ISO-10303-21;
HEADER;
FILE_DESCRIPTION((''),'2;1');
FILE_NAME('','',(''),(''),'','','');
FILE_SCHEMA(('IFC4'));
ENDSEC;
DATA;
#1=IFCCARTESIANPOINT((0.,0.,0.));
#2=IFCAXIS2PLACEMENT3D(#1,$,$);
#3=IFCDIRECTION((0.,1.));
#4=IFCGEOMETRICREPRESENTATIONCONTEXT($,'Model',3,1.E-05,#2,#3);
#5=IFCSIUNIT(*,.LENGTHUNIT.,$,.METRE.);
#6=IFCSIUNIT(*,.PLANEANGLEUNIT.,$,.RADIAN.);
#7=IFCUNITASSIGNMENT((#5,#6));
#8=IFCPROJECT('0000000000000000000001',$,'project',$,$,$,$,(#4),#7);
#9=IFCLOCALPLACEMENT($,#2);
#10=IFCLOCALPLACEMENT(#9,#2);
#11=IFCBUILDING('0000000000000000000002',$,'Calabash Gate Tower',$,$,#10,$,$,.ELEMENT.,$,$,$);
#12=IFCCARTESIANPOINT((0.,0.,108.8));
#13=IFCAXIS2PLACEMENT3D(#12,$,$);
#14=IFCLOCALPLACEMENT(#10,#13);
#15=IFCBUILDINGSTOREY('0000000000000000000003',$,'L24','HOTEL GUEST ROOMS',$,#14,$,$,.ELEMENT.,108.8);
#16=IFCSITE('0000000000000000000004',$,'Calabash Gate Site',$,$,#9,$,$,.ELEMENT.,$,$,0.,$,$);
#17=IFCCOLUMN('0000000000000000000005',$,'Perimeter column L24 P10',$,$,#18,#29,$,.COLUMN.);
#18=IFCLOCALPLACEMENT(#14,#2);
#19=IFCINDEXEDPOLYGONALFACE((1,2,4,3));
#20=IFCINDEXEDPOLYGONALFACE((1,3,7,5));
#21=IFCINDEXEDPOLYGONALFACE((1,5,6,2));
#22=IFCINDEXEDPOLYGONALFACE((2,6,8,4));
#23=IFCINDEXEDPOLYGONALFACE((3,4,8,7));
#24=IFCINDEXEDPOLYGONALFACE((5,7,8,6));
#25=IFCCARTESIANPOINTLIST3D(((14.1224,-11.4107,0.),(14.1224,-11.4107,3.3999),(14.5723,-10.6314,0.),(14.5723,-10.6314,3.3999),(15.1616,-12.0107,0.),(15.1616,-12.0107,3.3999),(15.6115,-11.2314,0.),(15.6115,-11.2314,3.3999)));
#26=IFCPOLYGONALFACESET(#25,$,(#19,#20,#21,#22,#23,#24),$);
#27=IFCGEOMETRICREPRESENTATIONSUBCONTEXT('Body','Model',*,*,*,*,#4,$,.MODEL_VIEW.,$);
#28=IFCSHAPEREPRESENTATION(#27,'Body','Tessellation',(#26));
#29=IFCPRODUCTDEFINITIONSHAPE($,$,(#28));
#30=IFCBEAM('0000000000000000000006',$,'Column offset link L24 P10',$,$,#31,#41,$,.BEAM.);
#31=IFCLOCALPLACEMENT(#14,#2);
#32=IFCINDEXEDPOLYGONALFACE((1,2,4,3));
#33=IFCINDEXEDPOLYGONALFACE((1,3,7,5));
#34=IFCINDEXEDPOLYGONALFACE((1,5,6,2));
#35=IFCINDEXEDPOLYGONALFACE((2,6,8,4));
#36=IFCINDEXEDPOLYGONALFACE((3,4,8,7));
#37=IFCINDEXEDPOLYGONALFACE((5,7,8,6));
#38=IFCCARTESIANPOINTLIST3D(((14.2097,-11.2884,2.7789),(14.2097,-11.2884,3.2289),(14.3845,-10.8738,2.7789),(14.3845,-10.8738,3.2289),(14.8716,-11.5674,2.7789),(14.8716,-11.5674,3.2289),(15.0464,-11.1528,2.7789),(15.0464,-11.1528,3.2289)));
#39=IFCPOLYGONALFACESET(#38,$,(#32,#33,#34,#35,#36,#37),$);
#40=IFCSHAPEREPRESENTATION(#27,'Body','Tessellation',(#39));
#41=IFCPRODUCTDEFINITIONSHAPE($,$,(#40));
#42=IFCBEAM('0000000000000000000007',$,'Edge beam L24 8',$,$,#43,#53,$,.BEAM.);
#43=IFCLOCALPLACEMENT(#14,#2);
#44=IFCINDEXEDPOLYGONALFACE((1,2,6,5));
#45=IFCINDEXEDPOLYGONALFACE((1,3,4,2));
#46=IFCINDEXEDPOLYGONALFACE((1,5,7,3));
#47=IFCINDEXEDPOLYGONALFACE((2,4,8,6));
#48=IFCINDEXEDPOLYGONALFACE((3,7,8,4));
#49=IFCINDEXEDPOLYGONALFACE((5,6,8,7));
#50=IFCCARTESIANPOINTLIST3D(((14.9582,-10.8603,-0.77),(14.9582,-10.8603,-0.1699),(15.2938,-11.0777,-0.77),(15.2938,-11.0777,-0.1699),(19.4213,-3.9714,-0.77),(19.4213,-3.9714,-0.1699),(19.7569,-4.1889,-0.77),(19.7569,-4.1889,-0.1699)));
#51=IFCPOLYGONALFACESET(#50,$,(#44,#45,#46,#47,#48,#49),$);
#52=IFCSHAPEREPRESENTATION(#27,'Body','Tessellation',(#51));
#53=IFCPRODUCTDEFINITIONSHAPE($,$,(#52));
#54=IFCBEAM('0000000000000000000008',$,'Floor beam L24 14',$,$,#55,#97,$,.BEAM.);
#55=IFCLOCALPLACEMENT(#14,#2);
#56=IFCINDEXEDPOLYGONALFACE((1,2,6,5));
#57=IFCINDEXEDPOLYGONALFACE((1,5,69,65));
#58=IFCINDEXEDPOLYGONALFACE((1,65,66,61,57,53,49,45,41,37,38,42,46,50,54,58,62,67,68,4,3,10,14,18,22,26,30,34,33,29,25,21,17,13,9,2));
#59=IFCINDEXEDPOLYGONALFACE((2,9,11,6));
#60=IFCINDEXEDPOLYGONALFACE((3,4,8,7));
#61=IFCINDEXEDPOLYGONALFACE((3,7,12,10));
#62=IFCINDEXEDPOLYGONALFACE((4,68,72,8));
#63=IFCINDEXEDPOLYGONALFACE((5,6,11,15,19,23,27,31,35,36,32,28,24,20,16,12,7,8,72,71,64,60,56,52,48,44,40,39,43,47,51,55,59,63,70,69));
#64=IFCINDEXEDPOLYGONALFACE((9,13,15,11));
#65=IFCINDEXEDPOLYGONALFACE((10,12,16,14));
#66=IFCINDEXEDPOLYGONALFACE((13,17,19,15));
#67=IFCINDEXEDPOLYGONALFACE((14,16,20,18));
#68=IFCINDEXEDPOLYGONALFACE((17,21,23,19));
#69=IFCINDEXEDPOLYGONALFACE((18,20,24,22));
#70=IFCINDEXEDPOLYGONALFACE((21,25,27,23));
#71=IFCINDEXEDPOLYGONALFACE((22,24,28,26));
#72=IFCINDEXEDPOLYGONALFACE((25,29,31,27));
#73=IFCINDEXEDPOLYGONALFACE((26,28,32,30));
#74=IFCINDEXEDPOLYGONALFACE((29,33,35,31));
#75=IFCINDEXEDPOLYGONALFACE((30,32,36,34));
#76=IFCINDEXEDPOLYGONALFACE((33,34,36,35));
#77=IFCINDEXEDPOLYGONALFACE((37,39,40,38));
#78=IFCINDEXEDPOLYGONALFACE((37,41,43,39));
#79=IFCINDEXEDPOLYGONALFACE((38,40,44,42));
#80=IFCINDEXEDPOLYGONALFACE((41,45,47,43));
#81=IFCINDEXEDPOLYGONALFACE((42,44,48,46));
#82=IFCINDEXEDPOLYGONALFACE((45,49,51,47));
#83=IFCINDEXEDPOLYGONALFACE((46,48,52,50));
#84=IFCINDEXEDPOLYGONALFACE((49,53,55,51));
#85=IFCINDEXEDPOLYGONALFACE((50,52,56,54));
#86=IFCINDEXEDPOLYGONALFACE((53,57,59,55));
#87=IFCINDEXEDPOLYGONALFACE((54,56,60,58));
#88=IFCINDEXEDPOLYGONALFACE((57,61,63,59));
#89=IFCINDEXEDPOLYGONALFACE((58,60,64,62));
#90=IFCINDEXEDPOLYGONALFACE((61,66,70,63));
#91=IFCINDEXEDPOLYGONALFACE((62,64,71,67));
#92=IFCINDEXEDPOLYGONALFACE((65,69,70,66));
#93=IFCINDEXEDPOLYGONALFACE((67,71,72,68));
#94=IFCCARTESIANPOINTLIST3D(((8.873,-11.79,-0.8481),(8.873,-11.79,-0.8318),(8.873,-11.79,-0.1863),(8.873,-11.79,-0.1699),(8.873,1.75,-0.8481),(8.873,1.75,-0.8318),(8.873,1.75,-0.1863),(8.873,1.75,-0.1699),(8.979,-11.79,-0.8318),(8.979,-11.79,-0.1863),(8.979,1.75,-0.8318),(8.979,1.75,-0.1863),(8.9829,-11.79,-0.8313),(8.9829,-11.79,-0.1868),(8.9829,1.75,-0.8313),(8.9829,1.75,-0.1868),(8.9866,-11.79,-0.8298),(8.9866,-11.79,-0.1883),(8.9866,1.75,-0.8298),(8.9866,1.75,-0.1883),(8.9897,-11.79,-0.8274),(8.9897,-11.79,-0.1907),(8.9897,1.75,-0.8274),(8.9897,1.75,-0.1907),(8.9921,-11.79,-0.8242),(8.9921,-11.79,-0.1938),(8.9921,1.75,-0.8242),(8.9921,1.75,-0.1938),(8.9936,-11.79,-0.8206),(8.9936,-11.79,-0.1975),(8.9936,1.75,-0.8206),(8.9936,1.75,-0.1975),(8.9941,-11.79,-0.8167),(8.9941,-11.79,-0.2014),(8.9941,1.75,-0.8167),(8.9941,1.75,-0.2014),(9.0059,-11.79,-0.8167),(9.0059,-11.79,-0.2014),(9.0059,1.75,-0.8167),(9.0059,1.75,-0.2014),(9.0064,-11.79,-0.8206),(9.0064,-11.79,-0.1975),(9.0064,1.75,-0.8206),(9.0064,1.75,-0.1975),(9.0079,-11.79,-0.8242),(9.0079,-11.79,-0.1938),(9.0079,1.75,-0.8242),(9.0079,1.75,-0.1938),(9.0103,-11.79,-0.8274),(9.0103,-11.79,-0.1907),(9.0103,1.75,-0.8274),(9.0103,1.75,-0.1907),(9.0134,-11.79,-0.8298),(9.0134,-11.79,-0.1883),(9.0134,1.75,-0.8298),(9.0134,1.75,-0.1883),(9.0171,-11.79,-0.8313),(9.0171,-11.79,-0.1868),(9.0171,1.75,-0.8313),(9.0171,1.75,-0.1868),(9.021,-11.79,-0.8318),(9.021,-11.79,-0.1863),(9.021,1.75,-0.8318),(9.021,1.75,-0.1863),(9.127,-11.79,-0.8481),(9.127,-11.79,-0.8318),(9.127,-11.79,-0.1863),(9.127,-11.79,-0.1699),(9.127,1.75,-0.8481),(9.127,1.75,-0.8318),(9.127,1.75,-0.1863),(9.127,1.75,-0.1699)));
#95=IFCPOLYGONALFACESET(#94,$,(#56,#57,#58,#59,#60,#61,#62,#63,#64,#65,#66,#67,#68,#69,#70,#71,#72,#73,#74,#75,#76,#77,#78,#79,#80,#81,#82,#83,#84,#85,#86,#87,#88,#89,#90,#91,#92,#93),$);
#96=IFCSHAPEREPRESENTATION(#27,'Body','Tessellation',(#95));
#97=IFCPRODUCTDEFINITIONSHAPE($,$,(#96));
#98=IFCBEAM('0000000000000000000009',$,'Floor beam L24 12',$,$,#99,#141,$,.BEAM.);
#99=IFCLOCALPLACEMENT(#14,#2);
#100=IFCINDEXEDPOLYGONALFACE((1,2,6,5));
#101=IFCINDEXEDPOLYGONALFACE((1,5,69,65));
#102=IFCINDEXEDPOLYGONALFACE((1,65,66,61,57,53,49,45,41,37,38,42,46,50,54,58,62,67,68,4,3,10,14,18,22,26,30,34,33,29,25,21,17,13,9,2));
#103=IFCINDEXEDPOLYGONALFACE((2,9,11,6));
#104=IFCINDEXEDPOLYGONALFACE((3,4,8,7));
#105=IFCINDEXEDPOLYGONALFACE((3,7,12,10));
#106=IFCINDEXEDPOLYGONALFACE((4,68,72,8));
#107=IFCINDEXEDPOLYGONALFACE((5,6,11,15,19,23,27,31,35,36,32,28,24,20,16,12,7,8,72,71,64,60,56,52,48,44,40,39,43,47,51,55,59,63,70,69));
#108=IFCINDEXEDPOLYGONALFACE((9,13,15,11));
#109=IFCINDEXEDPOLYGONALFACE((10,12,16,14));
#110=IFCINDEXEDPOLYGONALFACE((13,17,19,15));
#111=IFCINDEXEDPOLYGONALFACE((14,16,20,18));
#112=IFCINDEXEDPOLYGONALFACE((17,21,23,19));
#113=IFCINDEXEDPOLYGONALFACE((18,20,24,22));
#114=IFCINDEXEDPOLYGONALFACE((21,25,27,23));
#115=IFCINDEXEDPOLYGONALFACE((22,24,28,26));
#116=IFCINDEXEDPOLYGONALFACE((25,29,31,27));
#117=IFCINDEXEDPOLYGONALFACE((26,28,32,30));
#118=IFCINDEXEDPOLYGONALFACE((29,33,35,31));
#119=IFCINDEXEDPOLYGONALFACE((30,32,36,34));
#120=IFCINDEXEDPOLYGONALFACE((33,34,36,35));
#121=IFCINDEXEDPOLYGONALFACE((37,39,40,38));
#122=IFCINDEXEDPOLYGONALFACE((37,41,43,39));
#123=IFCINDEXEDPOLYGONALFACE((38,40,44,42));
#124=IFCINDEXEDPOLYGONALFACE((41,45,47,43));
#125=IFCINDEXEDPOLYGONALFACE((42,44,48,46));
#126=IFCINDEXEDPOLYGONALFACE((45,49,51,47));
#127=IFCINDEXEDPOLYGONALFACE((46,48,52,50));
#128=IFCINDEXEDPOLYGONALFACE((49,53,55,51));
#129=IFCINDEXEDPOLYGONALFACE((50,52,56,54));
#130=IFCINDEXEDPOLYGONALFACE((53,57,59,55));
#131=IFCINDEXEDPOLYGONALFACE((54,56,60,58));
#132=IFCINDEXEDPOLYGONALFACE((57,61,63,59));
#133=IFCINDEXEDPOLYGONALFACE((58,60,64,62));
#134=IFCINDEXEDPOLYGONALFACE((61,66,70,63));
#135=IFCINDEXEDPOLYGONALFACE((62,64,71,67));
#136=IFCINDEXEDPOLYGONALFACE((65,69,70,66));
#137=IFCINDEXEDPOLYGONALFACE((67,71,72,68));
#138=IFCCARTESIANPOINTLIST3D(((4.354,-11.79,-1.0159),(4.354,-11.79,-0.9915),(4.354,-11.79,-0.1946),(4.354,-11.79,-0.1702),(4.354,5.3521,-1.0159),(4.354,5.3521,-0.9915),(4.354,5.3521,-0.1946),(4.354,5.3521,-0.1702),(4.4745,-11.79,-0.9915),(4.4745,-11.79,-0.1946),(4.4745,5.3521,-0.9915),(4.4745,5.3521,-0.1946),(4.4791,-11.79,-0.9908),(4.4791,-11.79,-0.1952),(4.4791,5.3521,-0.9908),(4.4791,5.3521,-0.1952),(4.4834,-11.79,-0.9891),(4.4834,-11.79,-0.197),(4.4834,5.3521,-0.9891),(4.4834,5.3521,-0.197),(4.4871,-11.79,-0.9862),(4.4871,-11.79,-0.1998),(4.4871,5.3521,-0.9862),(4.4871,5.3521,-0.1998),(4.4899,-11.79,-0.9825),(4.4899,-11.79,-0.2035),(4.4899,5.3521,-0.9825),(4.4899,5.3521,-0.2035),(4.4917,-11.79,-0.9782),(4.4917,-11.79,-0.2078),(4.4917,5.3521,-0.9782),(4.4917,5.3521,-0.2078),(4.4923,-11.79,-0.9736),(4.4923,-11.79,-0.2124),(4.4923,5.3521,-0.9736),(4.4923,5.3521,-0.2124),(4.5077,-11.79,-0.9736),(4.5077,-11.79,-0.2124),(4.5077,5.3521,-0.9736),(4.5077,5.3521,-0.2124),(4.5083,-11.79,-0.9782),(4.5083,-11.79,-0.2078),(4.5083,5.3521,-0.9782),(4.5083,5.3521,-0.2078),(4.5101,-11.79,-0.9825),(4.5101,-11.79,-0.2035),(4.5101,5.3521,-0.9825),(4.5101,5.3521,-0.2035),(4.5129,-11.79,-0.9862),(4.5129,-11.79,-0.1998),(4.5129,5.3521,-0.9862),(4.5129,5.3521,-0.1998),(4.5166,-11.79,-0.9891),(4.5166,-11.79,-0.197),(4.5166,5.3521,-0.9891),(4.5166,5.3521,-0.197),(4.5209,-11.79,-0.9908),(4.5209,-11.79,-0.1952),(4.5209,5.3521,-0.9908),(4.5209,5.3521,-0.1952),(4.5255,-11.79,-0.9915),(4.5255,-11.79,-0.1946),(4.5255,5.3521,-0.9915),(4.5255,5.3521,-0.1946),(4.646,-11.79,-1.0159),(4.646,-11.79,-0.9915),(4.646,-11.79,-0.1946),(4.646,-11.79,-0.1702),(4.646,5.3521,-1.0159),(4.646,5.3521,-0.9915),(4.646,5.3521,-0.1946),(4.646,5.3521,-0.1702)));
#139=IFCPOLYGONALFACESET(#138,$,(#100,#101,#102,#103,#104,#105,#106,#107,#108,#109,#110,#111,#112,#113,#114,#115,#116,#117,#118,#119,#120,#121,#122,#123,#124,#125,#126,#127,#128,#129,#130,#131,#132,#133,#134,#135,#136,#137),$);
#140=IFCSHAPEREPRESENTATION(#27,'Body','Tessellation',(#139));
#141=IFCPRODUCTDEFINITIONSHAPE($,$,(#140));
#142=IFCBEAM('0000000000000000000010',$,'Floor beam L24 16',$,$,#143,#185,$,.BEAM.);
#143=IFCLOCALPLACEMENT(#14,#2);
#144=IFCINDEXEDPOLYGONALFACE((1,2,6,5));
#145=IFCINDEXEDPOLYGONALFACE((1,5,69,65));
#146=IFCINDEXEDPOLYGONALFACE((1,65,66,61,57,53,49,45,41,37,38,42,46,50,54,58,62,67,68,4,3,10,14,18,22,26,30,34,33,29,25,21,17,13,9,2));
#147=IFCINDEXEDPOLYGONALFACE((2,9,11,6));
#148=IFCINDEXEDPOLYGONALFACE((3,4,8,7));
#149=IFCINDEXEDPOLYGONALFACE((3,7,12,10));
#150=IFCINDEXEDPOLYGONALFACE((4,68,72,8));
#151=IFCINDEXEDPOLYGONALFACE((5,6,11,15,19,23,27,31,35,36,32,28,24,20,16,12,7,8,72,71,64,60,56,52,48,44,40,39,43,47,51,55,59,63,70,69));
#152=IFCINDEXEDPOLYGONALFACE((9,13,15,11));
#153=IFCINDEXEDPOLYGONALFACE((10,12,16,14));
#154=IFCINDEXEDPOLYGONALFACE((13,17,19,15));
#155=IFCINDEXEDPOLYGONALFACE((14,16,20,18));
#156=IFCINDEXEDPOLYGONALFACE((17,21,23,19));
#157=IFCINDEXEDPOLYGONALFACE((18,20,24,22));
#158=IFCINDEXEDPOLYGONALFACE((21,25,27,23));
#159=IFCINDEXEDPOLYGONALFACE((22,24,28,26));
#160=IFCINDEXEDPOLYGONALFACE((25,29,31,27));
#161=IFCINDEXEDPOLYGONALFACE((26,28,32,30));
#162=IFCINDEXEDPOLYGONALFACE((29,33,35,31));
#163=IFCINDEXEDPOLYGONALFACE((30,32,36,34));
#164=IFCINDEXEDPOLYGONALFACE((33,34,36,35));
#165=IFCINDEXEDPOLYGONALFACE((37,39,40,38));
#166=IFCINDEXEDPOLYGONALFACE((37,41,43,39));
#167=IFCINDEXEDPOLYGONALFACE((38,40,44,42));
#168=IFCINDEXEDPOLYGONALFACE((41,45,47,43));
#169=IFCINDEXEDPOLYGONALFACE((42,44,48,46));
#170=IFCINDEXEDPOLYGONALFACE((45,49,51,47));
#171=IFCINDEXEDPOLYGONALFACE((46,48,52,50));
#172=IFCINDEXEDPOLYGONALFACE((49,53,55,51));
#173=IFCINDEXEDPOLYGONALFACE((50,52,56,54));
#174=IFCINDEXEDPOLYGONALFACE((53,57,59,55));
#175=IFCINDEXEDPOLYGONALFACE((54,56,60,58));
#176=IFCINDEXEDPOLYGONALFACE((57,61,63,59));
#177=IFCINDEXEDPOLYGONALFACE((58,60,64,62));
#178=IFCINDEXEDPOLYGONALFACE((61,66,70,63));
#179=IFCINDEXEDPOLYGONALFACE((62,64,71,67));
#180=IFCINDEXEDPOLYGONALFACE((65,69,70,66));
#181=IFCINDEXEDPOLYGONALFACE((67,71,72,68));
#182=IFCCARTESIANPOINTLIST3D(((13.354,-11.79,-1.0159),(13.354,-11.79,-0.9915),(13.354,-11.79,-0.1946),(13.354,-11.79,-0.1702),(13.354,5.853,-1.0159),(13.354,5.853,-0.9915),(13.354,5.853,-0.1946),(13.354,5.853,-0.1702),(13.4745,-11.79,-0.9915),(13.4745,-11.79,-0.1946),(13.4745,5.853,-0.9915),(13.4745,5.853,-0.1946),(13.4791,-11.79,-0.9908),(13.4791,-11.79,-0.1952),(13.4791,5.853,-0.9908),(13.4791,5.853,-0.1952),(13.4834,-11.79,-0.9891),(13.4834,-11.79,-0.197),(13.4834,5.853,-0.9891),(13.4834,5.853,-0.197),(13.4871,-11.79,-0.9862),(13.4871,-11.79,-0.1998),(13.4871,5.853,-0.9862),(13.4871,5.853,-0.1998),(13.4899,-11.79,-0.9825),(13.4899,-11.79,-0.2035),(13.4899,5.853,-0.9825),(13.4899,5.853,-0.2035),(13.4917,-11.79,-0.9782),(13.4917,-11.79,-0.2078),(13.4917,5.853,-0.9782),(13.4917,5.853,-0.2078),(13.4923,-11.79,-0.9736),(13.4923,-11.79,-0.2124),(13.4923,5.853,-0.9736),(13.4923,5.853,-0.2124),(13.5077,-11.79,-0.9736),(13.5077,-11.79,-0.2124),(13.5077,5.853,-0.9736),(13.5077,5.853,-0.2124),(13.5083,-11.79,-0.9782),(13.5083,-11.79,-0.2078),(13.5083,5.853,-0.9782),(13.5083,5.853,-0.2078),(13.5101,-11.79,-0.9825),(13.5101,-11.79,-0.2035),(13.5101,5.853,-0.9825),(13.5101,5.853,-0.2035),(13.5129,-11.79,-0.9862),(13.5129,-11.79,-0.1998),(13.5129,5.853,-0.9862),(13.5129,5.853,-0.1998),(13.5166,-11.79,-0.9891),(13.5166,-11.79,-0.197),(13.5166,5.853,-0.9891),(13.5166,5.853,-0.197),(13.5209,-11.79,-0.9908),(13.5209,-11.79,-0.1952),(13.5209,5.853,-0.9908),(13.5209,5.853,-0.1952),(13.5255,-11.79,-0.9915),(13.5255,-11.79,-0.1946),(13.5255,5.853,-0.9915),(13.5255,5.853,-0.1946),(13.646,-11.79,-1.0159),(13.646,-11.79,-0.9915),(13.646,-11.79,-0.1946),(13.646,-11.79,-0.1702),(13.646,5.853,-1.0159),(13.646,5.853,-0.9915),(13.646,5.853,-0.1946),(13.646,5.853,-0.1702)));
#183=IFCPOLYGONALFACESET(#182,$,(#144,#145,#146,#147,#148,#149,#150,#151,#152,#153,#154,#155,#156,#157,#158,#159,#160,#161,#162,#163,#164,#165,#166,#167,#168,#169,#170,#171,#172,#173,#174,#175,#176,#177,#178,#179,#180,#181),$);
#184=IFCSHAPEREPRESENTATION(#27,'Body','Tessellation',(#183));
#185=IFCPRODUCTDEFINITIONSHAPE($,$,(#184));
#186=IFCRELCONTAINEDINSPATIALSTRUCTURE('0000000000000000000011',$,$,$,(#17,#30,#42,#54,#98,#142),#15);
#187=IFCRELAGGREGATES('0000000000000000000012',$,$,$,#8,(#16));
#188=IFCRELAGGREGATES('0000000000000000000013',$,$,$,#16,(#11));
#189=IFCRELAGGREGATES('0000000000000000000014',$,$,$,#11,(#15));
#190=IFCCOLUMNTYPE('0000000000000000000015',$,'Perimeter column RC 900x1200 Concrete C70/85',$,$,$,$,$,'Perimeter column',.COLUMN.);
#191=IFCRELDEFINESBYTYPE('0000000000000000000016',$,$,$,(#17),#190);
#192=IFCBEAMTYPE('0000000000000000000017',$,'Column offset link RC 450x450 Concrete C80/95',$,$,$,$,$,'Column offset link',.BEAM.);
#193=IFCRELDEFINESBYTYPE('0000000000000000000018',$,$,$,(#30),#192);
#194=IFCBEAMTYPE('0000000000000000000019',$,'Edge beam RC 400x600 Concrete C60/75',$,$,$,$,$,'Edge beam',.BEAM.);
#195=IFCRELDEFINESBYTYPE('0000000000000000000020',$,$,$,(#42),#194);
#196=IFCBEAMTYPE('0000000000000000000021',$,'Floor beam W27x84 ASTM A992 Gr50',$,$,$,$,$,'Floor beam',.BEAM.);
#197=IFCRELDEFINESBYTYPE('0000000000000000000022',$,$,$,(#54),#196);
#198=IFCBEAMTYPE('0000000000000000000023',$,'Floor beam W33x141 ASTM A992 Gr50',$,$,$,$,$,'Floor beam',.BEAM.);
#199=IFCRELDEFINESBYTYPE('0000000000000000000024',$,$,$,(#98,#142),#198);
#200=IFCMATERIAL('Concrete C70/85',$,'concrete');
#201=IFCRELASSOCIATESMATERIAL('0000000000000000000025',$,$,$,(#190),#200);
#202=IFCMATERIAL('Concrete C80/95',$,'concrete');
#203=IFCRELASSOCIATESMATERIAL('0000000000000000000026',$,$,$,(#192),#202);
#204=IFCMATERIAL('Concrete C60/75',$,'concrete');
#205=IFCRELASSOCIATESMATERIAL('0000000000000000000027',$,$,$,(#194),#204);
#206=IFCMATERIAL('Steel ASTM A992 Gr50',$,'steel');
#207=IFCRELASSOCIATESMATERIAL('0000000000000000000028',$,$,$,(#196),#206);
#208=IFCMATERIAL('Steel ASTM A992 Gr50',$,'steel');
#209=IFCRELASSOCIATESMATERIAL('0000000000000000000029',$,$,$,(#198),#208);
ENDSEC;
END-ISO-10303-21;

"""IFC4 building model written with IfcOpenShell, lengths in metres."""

from ifc_helpers import new_model, si_unit, direction, frame, origin, origin_2d, place, context, subcontext, project, spatial, rectangle, i_section, extrude, material, material_profile, profile_set, type_object, element, save


model = new_model("IFC4")

# Units and contexts
model_context = context("Model", 3, precision=1e-05, world=origin(), true_north=direction((0.0, 1.0)))
body_context = subcontext(model_context, "Body", "Model", "MODEL_VIEW")
ifc_project = project(units=[si_unit("LENGTHUNIT", "METRE"), si_unit("PLANEANGLEUNIT", "RADIAN")], contexts=[model_context])

# Site, building, storey
site_placement = place(None, origin())
site = spatial("IfcSite", under=ifc_project, at=site_placement, Name="Calabash Gate Site", CompositionType="ELEMENT", RefElevation=0.0)
building_placement = place(site_placement, origin())
building = spatial("IfcBuilding", under=site, at=building_placement, Name="Calabash Gate Tower", CompositionType="ELEMENT")
storey_placement = place(building_placement, frame((0.0, 0.0, 108.8)))
storey = spatial("IfcBuildingStorey", under=building, at=storey_placement, Name="L24", Description="HOTEL GUEST ROOMS", CompositionType="ELEMENT", Elevation=108.8)

# Column
ifc_material_1 = material(Name="Concrete C70/85", Category="concrete")
ifc_material_profile_1 = material_profile(ifc_material_1, rectangle(XDim=0.8999, YDim=1.2, at=origin_2d()))
ifc_profile_set_1 = profile_set([ifc_material_profile_1], Name="Concrete C70/85")
column_type = type_object("IfcColumnType", Name="Perimeter column RC 900x1200 Concrete C70/85", ElementType="Perimeter column", PredefinedType="COLUMN", material=ifc_profile_set_1)
column_placement = place(storey_placement, frame((14.8669, -11.321, 0.0), z_axis=(0.0, 0.0, 1.0), x_axis=(0.5, 0.866025, 0.0)))
element("IfcColumn", 1, at=column_placement, inside=storey, type_object=column_type, Name="Perimeter column L24 P10", PredefinedType="COLUMN", context=body_context, shape_type="SweptSolid", body=[
    extrude(rectangle(XDim=0.8999, YDim=1.2, at=origin_2d()), origin(), (0.0, 0.0, 1.0), 3.3999),
])

# Beams
ifc_material_2 = material(Name="Concrete C80/95", Category="concrete")
ifc_material_profile_2 = material_profile(ifc_material_2, rectangle(XDim=0.45, YDim=0.45, at=origin_2d()))
ifc_profile_set_2 = profile_set([ifc_material_profile_2], Name="Concrete C80/95")
beam_type_1 = type_object("IfcBeamType", Name="Column offset link RC 450x450 Concrete C80/95", ElementType="Column offset link", PredefinedType="BEAM", material=ifc_profile_set_2)
beam_1_placement = place(storey_placement, frame((14.959, -11.3601, 3.0039), z_axis=(-0.92145, 0.388498, 0.0), x_axis=(-0.388498, -0.92145, 0.0)))
element("IfcBeam", 2, at=beam_1_placement, inside=storey, type_object=beam_type_1, Name="Column offset link L24 P10", PredefinedType="BEAM", context=body_context, shape_type="SweptSolid", body=[
    extrude(rectangle(XDim=0.45, YDim=0.45, at=origin_2d()), origin(), (0.0, 0.0, 1.0), 0.7183),
])
ifc_material_3 = material(Name="Concrete C60/75", Category="concrete")
ifc_material_profile_3 = material_profile(ifc_material_3, rectangle(XDim=0.3999, YDim=0.6001, at=origin_2d()))
ifc_profile_set_3 = profile_set([ifc_material_profile_3], Name="Concrete C60/75")
beam_type_2 = type_object("IfcBeamType", Name="Edge beam RC 400x600 Concrete C60/75", ElementType="Edge beam", PredefinedType="BEAM", material=ifc_profile_set_3)
beam_2_placement = place(storey_placement, frame((15.126, -10.969, -0.47), z_axis=(0.543732, 0.839259, 0.0), x_axis=(-0.839259, 0.543732, 0.0)))
element("IfcBeam", 3, at=beam_2_placement, inside=storey, type_object=beam_type_2, Name="Edge beam L24 8", PredefinedType="BEAM", context=body_context, shape_type="SweptSolid", body=[
    extrude(rectangle(XDim=0.3999, YDim=0.6001, at=origin_2d()), origin(), (0.0, 0.0, 1.0), 8.2083),
])
ifc_material_4 = material(Name="Steel ASTM A992 Gr50", Category="steel")
ifc_material_profile_4 = material_profile(ifc_material_4, i_section(OverallWidth=0.2539, OverallDepth=0.6782, WebThickness=0.0117, FlangeThickness=0.0164, FilletRadius=0.0151, at=origin_2d()))
ifc_profile_set_4 = profile_set([ifc_material_profile_4], Name="Steel ASTM A992 Gr50")
beam_type_3 = type_object("IfcBeamType", Name="Floor beam W27x84 ASTM A992 Gr50", ElementType="Floor beam", PredefinedType="BEAM", material=ifc_profile_set_4)
beam_3_placement = place(storey_placement, frame((9.0, -11.79, -0.509), z_axis=(0.0, 1.0, 0.0), x_axis=(-1.0, 0.0, 0.0)))
element("IfcBeam", 4, at=beam_3_placement, inside=storey, type_object=beam_type_3, Name="Floor beam L24 14", PredefinedType="BEAM", context=body_context, shape_type="SweptSolid", body=[
    extrude(i_section(OverallWidth=0.2539, OverallDepth=0.6782, WebThickness=0.0117, FlangeThickness=0.0164, FilletRadius=0.0151, at=origin_2d()), origin(), (0.0, 0.0, 1.0), 13.54),
])
ifc_material_5 = material(Name="Steel ASTM A992 Gr50", Category="steel")
ifc_material_profile_5 = material_profile(ifc_material_5, i_section(OverallWidth=0.292, OverallDepth=0.8457, WebThickness=0.0154, FlangeThickness=0.0244, FilletRadius=0.0178, at=origin_2d()))
ifc_profile_set_5 = profile_set([ifc_material_profile_5], Name="Steel ASTM A992 Gr50")
beam_type_4 = type_object("IfcBeamType", Name="Floor beam W33x141 ASTM A992 Gr50", ElementType="Floor beam", PredefinedType="BEAM", material=ifc_profile_set_5)
beam_4_placement = place(storey_placement, frame((4.5, -11.79, -0.593), z_axis=(0.0, 1.0, 0.0), x_axis=(-1.0, 0.0, 0.0)))
element("IfcBeam", 5, at=beam_4_placement, inside=storey, type_object=beam_type_4, Name="Floor beam L24 12", PredefinedType="BEAM", context=body_context, shape_type="SweptSolid", body=[
    extrude(i_section(OverallWidth=0.292, OverallDepth=0.8457, WebThickness=0.0154, FlangeThickness=0.0244, FilletRadius=0.0178, at=origin_2d()), origin(), (0.0, 0.0, 1.0), 17.1421),
])
beam_5_placement = place(storey_placement, frame((13.5, -11.79, -0.593), z_axis=(0.0, 1.0, 0.0), x_axis=(-1.0, 0.0, 0.0)))
element("IfcBeam", 6, at=beam_5_placement, inside=storey, type_object=beam_type_4, Name="Floor beam L24 16", PredefinedType="BEAM", context=body_context, shape_type="SweptSolid", body=[
    extrude(i_section(OverallWidth=0.292, OverallDepth=0.8457, WebThickness=0.0154, FlangeThickness=0.0244, FilletRadius=0.0178, at=origin_2d()), origin(), (0.0, 0.0, 1.0), 17.6431),
])

save(model, "model.ifc")
